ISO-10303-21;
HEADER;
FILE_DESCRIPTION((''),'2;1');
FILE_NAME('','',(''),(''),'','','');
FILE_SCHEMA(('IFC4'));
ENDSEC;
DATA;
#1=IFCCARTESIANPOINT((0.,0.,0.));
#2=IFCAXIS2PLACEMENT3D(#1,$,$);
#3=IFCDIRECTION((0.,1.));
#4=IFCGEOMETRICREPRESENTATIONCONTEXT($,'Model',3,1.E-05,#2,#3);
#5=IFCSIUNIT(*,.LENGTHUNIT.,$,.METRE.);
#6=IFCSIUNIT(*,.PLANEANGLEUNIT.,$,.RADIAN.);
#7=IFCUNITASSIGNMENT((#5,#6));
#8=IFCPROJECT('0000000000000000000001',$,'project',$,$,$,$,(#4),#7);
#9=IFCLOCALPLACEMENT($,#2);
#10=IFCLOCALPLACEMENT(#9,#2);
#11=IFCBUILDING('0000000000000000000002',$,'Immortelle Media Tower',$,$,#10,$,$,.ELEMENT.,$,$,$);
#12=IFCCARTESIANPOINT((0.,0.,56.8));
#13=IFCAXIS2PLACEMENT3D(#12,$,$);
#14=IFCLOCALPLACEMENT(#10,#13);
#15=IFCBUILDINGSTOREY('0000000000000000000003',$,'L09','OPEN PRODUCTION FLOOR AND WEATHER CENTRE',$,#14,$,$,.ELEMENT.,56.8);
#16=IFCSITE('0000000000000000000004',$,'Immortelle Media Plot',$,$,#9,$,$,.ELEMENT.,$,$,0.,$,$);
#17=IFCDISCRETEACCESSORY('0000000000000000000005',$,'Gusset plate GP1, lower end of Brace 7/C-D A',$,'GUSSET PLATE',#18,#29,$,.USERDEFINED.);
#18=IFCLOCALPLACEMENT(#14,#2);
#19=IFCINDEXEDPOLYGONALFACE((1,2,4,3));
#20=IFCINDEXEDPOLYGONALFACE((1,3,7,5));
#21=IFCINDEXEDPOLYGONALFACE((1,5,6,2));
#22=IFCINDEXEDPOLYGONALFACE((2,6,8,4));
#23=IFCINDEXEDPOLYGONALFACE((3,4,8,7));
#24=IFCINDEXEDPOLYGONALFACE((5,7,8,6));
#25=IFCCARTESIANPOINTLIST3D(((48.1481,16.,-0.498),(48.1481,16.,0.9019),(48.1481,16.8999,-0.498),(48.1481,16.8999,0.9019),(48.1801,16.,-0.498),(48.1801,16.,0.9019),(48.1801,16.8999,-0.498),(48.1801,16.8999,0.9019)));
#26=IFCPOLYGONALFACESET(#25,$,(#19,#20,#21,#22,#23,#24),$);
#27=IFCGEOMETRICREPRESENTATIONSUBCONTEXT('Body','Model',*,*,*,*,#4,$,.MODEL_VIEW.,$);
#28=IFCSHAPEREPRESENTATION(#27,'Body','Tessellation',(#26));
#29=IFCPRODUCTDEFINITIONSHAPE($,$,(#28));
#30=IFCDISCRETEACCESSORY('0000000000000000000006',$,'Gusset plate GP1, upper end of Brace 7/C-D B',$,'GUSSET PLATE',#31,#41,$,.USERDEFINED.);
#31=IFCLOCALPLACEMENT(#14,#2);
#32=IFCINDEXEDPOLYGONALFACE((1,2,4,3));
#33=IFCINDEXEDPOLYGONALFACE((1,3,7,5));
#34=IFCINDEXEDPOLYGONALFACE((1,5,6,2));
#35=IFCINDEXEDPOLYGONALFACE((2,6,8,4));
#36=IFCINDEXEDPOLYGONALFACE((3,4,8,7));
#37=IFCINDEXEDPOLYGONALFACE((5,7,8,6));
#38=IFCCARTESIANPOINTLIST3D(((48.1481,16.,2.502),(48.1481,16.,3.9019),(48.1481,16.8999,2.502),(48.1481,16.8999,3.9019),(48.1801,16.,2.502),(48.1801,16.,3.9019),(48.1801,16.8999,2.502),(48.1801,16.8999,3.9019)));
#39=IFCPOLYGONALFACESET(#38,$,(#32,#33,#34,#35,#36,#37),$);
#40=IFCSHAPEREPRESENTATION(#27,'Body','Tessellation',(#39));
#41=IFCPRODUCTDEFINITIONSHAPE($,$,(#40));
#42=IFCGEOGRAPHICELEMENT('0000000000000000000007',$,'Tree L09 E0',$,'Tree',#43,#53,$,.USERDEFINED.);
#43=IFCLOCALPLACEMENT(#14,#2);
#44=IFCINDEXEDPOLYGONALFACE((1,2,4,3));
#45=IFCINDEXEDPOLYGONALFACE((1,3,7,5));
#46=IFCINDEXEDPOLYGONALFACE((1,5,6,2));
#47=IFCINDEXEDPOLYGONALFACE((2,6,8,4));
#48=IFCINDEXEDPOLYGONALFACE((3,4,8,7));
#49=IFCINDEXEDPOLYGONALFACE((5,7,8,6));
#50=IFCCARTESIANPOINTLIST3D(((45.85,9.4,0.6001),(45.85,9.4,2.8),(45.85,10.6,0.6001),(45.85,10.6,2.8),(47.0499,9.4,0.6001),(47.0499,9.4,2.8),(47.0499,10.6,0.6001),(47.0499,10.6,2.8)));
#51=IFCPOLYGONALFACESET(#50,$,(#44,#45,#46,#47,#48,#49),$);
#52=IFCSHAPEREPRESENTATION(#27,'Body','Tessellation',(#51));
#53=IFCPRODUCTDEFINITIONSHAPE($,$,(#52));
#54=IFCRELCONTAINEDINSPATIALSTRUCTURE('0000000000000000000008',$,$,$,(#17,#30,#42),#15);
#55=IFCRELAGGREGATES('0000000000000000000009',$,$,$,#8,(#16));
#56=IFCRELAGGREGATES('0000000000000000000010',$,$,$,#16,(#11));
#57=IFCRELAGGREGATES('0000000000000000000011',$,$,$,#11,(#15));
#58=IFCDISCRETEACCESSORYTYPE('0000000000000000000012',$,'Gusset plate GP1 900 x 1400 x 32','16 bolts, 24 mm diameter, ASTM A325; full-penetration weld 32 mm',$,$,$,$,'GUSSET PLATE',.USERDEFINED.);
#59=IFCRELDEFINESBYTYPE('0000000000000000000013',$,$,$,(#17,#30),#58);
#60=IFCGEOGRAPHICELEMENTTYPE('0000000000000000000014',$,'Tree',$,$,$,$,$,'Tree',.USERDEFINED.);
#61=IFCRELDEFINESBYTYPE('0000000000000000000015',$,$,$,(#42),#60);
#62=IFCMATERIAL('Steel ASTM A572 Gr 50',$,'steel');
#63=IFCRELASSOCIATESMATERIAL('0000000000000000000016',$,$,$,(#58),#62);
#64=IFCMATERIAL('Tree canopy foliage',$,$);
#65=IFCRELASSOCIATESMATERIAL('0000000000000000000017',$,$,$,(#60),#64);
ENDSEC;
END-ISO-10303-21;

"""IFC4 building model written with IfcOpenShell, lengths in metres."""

from ifc_helpers import new_model, si_unit, direction, frame, origin, origin_2d, place, context, subcontext, project, spatial, rectangle, extrude, material, material_profile, profile_set, type_object, element, save


model = new_model("IFC4")

# Units and contexts
model_context = context("Model", 3, precision=1e-05, world=origin(), true_north=direction((0.0, 1.0)))
body_context = subcontext(model_context, "Body", "Model", "MODEL_VIEW")
ifc_project = project(units=[si_unit("LENGTHUNIT", "METRE"), si_unit("PLANEANGLEUNIT", "RADIAN")], contexts=[model_context])

# Site, building, storey
site_placement = place(None, origin())
site = spatial("IfcSite", under=ifc_project, at=site_placement, Name="Immortelle Media Plot", CompositionType="ELEMENT", RefElevation=0.0)
building_placement = place(site_placement, origin())
building = spatial("IfcBuilding", under=site, at=building_placement, Name="Immortelle Media Tower", CompositionType="ELEMENT")
storey_placement = place(building_placement, frame((0.0, 0.0, 56.8)))
storey = spatial("IfcBuildingStorey", under=building, at=storey_placement, Name="L09", Description="OPEN PRODUCTION FLOOR AND WEATHER CENTRE", CompositionType="ELEMENT", Elevation=56.8)

# Discrete accessories
ifc_material_1 = material(Name="Steel ASTM A572 Gr 50", Category="steel")
ifc_material_profile_1 = material_profile(ifc_material_1, rectangle(XDim=0.032, YDim=1.3999, at=origin_2d()), Name="PL 32 x 1400")
ifc_profile_set_1 = profile_set([ifc_material_profile_1], Name="Steel ASTM A572 Gr 50")
discrete_accessory_type_1 = type_object("IfcDiscreteAccessoryType", Name="Gusset plate GP1 900 x 1400 x 32", Description="16 bolts, 24 mm diameter, ASTM A325; full-penetration weld 32 mm", ElementType="GUSSET PLATE", PredefinedType="USERDEFINED", material=ifc_profile_set_1)
for number, where, z_axis, x_axis, name in (
    (1, (48.1641, 16.0, 0.2019), (0.0, 1.0, 0.0), (-1.0, 0.0, 0.0), "Gusset plate GP1, lower end of Brace 7/C-D A"),
    (2, (48.1641, 16.0, 3.2019), (0.0, 1.0, 0.0), (-1.0, 0.0, 0.0), "Gusset plate GP1, upper end of Brace 7/C-D B"),
):
    element("IfcDiscreteAccessory", number, at=place(storey_placement, frame(where, z_axis=z_axis, x_axis=x_axis)), inside=storey, type_object=discrete_accessory_type_1, Name=name, ObjectType="GUSSET PLATE", PredefinedType="USERDEFINED", context=body_context, shape_type="SweptSolid", body=[
        extrude(rectangle(XDim=0.032, YDim=1.3999, at=origin_2d()), origin(), (0.0, 0.0, 1.0), 0.8999),
    ])

# Geographic element
ifc_material_2 = material(Name="Tree canopy foliage")
geographic_element_type = type_object("IfcGeographicElementType", Name="Tree", ElementType="Tree", PredefinedType="USERDEFINED", material=ifc_material_2)
geographic_element_placement = place(storey_placement, frame((46.45, 10.0, 0.6001), z_axis=(0.0, 0.0, 1.0), x_axis=(1.0, 0.0, 0.0)))
element("IfcGeographicElement", 3, at=geographic_element_placement, inside=storey, type_object=geographic_element_type, Name="Tree L09 E0", ObjectType="Tree", PredefinedType="USERDEFINED", context=body_context, shape_type="SweptSolid", body=[
    extrude(rectangle(XDim=1.2, YDim=1.2, at=origin_2d()), origin(), (0.0, 0.0, 1.0), 2.2),
])

save(model, "model.ifc")
